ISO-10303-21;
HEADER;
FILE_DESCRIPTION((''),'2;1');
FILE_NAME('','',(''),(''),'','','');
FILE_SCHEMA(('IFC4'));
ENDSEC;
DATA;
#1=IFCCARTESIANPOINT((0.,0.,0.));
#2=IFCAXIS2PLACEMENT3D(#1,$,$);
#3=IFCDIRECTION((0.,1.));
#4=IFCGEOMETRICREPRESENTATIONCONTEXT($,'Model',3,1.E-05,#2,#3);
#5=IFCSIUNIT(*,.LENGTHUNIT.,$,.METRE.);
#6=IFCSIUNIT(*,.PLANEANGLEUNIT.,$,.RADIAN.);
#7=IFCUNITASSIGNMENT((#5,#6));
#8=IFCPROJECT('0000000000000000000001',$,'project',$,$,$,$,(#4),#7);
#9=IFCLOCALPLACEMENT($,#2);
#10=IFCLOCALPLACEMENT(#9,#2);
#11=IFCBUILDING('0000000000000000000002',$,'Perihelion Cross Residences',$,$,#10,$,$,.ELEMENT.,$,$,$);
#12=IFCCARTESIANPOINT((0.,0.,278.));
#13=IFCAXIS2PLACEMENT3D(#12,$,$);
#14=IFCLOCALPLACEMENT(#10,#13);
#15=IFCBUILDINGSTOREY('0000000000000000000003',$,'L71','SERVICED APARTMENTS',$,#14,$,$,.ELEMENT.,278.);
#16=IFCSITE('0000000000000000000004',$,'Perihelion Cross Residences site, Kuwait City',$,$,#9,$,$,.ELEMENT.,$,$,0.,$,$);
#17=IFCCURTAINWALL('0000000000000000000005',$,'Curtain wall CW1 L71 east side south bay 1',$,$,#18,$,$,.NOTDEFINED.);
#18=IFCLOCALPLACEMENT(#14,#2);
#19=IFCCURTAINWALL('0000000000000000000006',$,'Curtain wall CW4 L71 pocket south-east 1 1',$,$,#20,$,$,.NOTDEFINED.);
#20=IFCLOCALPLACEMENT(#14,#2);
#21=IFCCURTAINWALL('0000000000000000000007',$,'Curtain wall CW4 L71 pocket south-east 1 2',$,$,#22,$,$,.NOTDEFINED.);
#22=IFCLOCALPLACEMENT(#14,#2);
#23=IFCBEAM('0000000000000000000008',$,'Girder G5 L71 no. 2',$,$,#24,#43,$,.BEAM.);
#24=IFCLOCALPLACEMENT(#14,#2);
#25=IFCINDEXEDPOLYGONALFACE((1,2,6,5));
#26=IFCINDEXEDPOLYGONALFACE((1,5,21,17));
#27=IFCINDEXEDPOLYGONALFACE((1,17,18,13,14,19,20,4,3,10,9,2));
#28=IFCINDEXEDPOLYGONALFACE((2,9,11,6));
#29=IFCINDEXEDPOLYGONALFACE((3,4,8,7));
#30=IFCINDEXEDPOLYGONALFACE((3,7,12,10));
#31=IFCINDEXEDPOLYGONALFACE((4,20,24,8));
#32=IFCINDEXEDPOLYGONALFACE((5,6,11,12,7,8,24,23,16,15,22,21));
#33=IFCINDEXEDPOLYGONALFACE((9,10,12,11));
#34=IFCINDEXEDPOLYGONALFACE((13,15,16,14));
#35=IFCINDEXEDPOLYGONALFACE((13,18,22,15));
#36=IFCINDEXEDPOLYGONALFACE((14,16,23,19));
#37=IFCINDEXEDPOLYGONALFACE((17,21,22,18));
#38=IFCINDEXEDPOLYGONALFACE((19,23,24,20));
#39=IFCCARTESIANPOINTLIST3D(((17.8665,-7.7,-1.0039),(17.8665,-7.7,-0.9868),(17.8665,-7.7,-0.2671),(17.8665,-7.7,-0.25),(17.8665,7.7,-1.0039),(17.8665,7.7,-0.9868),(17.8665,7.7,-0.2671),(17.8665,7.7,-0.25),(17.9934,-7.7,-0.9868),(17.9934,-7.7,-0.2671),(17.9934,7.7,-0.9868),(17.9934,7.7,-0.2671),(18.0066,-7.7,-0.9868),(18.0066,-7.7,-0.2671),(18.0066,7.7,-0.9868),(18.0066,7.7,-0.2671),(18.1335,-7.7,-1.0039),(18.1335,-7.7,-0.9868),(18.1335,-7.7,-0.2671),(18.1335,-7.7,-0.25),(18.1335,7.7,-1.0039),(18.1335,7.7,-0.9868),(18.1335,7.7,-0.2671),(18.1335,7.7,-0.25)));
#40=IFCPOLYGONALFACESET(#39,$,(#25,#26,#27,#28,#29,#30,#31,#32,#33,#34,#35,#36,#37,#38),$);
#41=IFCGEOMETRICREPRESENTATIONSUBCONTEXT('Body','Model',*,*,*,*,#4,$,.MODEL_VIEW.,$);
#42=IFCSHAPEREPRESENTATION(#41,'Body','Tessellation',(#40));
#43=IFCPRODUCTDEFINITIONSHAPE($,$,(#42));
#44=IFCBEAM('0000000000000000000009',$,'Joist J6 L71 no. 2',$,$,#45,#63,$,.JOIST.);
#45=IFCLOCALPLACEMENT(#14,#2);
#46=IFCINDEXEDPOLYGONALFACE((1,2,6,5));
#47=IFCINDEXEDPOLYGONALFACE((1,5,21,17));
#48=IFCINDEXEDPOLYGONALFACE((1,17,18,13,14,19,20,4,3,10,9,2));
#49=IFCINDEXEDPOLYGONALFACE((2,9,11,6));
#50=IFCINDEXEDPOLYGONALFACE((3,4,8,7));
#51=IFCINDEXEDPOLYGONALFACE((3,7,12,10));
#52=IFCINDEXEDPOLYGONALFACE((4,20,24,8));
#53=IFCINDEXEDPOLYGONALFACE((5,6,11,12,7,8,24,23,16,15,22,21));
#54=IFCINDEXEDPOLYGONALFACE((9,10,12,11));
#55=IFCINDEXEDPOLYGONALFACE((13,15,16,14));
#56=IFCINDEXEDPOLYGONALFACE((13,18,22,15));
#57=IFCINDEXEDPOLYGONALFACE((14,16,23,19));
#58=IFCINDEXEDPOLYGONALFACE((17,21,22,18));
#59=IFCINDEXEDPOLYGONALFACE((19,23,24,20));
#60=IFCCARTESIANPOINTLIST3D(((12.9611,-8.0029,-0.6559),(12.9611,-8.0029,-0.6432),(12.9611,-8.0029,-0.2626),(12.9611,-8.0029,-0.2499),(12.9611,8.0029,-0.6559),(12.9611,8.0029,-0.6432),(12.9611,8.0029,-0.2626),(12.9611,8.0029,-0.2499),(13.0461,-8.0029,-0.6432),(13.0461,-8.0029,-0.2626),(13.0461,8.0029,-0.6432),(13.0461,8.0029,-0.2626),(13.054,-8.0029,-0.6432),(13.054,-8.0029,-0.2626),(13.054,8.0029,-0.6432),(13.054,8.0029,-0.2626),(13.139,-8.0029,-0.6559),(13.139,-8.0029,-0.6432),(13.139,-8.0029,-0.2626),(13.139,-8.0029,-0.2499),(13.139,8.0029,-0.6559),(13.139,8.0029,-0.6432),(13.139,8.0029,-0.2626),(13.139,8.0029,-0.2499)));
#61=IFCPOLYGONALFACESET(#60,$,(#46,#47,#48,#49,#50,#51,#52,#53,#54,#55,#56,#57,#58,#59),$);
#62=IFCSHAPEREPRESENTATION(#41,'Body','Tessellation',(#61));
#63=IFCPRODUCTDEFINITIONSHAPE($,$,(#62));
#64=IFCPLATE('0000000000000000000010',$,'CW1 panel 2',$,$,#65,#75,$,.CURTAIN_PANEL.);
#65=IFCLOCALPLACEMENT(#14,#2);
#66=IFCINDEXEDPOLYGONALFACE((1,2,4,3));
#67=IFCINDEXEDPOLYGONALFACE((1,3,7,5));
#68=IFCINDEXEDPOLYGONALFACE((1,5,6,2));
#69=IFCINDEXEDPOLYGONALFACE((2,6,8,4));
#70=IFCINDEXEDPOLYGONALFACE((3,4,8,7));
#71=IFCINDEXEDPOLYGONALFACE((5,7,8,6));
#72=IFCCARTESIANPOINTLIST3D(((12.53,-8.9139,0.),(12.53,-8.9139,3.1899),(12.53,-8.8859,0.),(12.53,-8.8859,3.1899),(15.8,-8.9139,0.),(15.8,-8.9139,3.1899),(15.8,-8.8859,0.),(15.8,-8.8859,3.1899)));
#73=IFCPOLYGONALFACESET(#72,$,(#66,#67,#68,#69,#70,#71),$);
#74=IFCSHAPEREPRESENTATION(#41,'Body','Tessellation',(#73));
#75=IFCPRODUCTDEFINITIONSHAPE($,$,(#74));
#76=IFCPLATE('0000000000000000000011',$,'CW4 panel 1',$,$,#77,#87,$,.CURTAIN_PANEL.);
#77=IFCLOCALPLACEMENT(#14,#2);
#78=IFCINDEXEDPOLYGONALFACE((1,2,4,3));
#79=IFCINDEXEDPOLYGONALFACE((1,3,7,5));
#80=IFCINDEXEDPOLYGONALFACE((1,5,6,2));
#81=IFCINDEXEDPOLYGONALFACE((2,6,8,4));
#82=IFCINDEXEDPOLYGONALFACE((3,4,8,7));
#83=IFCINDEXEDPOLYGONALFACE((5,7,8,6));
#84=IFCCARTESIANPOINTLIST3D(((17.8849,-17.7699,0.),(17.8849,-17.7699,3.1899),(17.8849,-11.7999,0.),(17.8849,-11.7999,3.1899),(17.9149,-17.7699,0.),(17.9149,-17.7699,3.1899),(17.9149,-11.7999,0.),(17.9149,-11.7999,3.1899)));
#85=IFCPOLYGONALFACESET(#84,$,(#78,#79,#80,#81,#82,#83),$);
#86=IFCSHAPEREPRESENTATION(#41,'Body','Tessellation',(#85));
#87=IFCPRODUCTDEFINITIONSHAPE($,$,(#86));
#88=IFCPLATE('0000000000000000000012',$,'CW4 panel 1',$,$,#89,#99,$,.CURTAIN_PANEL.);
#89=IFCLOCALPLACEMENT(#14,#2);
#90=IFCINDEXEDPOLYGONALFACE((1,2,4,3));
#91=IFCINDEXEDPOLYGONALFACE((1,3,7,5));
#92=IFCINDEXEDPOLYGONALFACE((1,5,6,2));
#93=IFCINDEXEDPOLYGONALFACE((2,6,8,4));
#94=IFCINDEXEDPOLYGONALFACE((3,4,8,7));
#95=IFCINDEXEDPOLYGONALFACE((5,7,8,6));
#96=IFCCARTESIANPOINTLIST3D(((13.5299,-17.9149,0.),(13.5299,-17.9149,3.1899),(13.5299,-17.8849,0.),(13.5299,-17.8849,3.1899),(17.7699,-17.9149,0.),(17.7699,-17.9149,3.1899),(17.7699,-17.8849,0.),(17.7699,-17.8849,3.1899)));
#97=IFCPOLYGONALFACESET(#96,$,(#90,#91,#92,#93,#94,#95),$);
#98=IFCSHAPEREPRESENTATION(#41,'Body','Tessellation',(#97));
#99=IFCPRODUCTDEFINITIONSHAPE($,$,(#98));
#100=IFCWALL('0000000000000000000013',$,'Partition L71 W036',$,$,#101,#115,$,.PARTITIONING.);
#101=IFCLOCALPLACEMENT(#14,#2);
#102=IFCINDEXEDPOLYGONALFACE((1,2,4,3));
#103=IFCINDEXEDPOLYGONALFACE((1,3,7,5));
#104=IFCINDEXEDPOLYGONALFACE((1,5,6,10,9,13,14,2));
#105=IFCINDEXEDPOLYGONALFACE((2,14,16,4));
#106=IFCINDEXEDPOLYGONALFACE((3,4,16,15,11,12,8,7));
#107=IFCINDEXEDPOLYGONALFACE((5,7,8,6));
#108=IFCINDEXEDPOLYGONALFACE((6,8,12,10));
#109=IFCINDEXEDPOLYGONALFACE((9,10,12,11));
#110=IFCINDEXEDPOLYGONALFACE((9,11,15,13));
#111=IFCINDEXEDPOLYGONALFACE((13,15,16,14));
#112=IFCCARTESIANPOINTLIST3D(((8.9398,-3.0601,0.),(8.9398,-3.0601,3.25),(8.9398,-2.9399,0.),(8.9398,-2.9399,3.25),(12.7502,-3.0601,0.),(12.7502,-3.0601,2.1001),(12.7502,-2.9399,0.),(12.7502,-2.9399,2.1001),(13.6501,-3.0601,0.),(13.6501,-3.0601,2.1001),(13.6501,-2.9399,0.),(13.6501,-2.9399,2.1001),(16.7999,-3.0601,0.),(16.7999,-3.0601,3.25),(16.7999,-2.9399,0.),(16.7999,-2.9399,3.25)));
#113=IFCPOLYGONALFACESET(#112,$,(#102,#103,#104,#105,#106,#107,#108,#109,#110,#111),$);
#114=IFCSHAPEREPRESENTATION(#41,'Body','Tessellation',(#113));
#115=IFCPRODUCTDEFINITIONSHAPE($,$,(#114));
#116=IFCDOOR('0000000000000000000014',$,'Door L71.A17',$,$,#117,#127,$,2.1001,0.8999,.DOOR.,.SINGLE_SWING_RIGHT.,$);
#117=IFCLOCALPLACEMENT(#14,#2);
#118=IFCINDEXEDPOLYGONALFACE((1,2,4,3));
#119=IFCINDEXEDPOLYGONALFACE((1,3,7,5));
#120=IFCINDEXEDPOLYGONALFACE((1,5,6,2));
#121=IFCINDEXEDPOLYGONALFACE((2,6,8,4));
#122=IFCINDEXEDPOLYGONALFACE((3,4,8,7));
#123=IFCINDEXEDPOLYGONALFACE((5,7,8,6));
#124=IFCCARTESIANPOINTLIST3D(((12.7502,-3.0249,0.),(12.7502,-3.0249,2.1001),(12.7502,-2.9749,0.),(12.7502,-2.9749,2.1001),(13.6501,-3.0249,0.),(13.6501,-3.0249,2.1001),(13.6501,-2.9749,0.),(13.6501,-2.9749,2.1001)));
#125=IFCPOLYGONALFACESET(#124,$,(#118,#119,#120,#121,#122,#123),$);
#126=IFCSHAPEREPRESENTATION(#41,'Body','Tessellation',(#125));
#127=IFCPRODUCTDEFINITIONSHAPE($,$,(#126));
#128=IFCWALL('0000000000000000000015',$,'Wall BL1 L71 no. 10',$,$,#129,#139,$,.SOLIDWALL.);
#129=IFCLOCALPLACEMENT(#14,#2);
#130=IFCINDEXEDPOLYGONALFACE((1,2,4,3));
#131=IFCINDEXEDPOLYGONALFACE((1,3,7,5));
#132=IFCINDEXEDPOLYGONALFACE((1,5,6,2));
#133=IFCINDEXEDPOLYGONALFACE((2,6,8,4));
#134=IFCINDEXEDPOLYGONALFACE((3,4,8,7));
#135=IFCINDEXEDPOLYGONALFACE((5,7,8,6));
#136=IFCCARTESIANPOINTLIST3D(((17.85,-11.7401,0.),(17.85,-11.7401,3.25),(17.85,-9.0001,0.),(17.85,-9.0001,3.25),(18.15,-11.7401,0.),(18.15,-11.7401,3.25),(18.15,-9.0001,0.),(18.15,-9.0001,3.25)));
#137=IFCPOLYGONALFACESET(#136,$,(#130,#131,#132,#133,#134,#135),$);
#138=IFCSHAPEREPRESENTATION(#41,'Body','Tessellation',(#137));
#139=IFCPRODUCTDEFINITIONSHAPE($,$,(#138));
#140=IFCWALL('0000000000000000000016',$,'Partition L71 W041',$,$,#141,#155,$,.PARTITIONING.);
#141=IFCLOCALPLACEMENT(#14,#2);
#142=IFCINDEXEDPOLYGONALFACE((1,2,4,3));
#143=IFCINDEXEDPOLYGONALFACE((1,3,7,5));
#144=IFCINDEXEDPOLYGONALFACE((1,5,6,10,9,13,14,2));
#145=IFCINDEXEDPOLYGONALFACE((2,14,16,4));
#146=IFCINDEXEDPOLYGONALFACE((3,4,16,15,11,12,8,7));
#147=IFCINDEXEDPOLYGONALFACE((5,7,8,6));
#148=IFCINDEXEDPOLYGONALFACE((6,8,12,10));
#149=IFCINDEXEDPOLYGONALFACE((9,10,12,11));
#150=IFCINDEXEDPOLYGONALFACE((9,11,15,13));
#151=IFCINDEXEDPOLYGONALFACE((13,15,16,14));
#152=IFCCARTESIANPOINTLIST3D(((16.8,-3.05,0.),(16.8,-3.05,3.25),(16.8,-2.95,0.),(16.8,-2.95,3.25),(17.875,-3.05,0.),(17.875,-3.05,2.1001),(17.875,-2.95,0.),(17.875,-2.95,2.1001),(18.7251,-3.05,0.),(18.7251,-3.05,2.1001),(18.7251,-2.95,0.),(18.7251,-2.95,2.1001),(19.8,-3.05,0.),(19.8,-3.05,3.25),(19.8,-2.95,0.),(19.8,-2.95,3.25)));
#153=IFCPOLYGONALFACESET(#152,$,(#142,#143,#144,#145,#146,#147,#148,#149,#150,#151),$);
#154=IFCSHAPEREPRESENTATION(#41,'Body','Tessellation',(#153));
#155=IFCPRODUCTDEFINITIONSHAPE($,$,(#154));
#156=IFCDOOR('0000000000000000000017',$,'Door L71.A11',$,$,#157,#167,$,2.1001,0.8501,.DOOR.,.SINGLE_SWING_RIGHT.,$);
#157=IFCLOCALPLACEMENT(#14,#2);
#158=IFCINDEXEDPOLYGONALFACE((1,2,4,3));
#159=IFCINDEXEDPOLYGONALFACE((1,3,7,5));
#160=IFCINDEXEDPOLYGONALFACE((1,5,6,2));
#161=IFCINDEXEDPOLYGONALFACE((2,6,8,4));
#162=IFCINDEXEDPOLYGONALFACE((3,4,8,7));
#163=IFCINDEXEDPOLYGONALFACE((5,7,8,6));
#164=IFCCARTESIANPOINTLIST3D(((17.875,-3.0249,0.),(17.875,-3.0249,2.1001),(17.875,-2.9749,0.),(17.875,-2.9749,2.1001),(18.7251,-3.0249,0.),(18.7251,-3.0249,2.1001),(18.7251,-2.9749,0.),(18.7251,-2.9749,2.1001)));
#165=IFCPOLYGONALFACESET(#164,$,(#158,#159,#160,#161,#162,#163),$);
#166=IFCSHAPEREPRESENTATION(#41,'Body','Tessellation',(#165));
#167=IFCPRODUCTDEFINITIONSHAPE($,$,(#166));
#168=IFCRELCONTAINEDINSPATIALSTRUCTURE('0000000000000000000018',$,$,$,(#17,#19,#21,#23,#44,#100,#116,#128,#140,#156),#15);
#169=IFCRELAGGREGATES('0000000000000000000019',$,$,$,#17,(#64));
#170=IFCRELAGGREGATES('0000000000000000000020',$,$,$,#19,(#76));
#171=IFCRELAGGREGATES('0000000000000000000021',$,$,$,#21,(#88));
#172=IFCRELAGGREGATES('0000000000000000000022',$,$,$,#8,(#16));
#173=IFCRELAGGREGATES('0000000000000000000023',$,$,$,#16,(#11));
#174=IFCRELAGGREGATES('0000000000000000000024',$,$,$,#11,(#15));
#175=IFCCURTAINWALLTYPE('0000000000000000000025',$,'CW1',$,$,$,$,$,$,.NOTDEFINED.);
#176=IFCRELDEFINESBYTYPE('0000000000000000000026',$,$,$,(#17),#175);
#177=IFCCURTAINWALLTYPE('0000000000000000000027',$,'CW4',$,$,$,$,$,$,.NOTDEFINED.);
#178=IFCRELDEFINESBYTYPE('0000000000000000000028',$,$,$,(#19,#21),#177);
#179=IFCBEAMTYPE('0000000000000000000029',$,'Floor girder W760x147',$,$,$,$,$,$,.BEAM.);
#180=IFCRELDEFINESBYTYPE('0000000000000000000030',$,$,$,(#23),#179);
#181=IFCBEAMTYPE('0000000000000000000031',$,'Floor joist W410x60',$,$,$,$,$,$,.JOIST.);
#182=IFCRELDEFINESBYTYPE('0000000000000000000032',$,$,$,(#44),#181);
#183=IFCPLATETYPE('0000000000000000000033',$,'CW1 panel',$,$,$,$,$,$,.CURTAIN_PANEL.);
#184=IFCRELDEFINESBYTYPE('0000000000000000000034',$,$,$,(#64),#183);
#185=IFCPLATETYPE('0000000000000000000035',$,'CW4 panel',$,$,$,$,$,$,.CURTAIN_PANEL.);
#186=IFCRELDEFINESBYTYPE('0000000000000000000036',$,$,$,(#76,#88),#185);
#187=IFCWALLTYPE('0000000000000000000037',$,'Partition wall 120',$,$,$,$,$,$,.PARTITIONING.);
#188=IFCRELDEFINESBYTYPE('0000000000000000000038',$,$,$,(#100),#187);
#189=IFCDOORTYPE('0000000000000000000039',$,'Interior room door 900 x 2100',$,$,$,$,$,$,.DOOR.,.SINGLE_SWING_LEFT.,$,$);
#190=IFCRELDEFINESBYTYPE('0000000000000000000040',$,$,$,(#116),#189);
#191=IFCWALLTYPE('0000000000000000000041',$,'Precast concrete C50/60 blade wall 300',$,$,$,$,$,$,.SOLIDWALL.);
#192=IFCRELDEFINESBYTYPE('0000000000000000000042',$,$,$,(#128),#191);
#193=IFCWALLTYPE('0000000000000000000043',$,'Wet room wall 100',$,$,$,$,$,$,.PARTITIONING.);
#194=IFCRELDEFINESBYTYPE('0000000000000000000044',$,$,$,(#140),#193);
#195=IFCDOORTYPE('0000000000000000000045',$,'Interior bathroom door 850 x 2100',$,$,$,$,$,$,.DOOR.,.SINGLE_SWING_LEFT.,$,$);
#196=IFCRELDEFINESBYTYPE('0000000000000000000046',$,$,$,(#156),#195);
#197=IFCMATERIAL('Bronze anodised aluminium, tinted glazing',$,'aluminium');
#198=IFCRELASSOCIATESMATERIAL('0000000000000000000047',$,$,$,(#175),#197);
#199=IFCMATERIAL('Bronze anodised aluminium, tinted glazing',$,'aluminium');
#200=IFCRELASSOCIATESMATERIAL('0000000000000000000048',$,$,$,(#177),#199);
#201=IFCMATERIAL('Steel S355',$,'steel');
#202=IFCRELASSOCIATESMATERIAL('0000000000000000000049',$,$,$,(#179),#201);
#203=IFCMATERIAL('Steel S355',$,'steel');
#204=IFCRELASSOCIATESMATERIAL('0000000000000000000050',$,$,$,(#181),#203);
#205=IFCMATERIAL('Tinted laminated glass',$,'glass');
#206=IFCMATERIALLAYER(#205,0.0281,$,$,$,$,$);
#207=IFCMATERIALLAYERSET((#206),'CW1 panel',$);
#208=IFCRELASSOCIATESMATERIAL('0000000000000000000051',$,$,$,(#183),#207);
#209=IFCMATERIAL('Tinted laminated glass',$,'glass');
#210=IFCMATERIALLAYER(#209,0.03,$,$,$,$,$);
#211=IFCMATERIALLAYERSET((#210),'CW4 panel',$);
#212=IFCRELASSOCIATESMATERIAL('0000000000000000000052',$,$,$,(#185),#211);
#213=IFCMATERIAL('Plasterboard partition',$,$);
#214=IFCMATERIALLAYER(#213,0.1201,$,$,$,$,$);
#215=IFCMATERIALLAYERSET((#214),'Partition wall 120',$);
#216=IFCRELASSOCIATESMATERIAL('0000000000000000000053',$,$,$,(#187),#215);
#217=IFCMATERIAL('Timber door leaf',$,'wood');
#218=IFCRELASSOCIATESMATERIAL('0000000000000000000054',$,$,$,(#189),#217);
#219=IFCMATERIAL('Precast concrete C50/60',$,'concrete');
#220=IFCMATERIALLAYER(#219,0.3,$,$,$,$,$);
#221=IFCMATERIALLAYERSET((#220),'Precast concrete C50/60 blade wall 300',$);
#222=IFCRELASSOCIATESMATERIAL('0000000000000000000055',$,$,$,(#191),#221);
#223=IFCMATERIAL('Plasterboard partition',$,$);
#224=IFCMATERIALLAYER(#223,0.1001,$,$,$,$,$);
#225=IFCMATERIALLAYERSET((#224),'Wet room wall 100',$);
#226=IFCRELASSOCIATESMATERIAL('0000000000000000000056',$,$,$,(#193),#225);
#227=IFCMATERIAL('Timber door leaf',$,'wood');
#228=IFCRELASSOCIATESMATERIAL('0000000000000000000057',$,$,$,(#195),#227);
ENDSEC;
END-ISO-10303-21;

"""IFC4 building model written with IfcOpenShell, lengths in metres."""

from ifc_helpers import new_model, si_unit, direction, frame, frame_2d, origin, origin_2d, place, context, subcontext, project, spatial, rectangle, i_section, extrude, material, layer, layer_set, material_profile, profile_set, type_object, element, fill, aggregate, save


model = new_model("IFC4")

# Units and contexts
model_context = context("Model", 3, precision=1e-05, world=origin(), true_north=direction((0.0, 1.0)))
body_context = subcontext(model_context, "Body", "Model", "MODEL_VIEW")
ifc_project = project(units=[si_unit("LENGTHUNIT", "METRE"), si_unit("PLANEANGLEUNIT", "RADIAN")], contexts=[model_context])

# Site, building, storey
site_placement = place(None, origin())
site = spatial("IfcSite", under=ifc_project, at=site_placement, Name="Perihelion Cross Residences site, Kuwait City", CompositionType="ELEMENT", RefElevation=0.0)
building_placement = place(site_placement, origin())
building = spatial("IfcBuilding", under=site, at=building_placement, Name="Perihelion Cross Residences", CompositionType="ELEMENT")
storey_placement = place(building_placement, frame((0.0, 0.0, 278.0)))
storey = spatial("IfcBuildingStorey", under=building, at=storey_placement, Name="L71", Description="SERVICED APARTMENTS", CompositionType="ELEMENT", Elevation=278.0)

# Curtain wall
ifc_material_1 = material(Name="Bronze anodised aluminium, tinted glazing", Category="aluminium")
curtain_wall_type_1 = type_object("IfcCurtainWallType", Name="CW1", PredefinedType="NOTDEFINED", material=ifc_material_1)
curtain_wall_1_placement = place(storey_placement, origin())
curtain_wall_1 = element("IfcCurtainWall", 1, at=curtain_wall_1_placement, inside=storey, type_object=curtain_wall_type_1, Name="Curtain wall CW1 L71 east side south bay 1", PredefinedType="NOTDEFINED")

# Curtain walls
ifc_material_2 = material(Name="Bronze anodised aluminium, tinted glazing", Category="aluminium")
curtain_wall_type_2 = type_object("IfcCurtainWallType", Name="CW4", PredefinedType="NOTDEFINED", material=ifc_material_2)
curtain_wall_2_placement = place(storey_placement, origin())
curtain_wall_2 = element("IfcCurtainWall", 2, at=curtain_wall_2_placement, inside=storey, type_object=curtain_wall_type_2, Name="Curtain wall CW4 L71 pocket south-east 1 1", PredefinedType="NOTDEFINED")
curtain_wall_3_placement = place(storey_placement, origin())
curtain_wall_3 = element("IfcCurtainWall", 3, at=curtain_wall_3_placement, inside=storey, type_object=curtain_wall_type_2, Name="Curtain wall CW4 L71 pocket south-east 1 2", PredefinedType="NOTDEFINED")

# Beams
ifc_material_3 = material(Name="Steel S355", Category="steel")
ifc_material_profile_1 = material_profile(ifc_material_3, i_section(OverallWidth=0.2671, OverallDepth=0.7539, WebThickness=0.0132, FlangeThickness=0.0171, at=origin_2d()), Name="W760x147")
ifc_profile_set_1 = profile_set([ifc_material_profile_1], Name="Steel S355")
beam_type_1 = type_object("IfcBeamType", Name="Floor girder W760x147", PredefinedType="BEAM", material=ifc_profile_set_1)
beam_1_placement = place(storey_placement, frame((18.0, -7.7, -0.627), z_axis=(0.0, 1.0, 0.0), x_axis=(-1.0, 0.0, 0.0)))
element("IfcBeam", 4, at=beam_1_placement, inside=storey, type_object=beam_type_1, Name="Girder G5 L71 no. 2", PredefinedType="BEAM", context=body_context, shape_type="SweptSolid", body=[
    extrude(i_section(OverallWidth=0.2671, OverallDepth=0.7539, WebThickness=0.0132, FlangeThickness=0.0171, at=origin_2d()), origin(), (0.0, 0.0, 1.0), 15.3999),
])
ifc_material_4 = material(Name="Steel S355", Category="steel")
ifc_material_profile_2 = material_profile(ifc_material_4, i_section(OverallWidth=0.178, OverallDepth=0.406, WebThickness=0.0078, FlangeThickness=0.0127, at=origin_2d()), Name="W410x60")
ifc_profile_set_2 = profile_set([ifc_material_profile_2], Name="Steel S355")
beam_type_2 = type_object("IfcBeamType", Name="Floor joist W410x60", PredefinedType="JOIST", material=ifc_profile_set_2)
beam_2_placement = place(storey_placement, frame((13.05, -8.0029, -0.4529), z_axis=(0.0, 1.0, 0.0), x_axis=(-1.0, 0.0, 0.0)))
element("IfcBeam", 5, at=beam_2_placement, inside=storey, type_object=beam_type_2, Name="Joist J6 L71 no. 2", PredefinedType="JOIST", context=body_context, shape_type="SweptSolid", body=[
    extrude(i_section(OverallWidth=0.178, OverallDepth=0.406, WebThickness=0.0078, FlangeThickness=0.0127, at=origin_2d()), origin(), (0.0, 0.0, 1.0), 16.0059),
])

# Plates
ifc_material_5 = material(Name="Tinted laminated glass", Category="glass")
ifc_layer_1 = layer(ifc_material_5, 0.0281)
ifc_layer_set_1 = layer_set([ifc_layer_1], Name="CW1 panel")
plate_type_1 = type_object("IfcPlateType", Name="CW1 panel", PredefinedType="CURTAIN_PANEL", material=ifc_layer_set_1)
plate_1_placement = place(storey_placement, frame((14.165, -8.8999, 0.0), z_axis=(0.0, 0.0, 1.0), x_axis=(1.0, 0.0, 0.0)))
plate_1 = element("IfcPlate", 6, at=plate_1_placement, type_object=plate_type_1, Name="CW1 panel 2", PredefinedType="CURTAIN_PANEL", context=body_context, shape_type="SweptSolid", body=[
    extrude(rectangle(XDim=3.27, YDim=0.0281, at=origin_2d()), origin(), (0.0, 0.0, 1.0), 3.1899),
])
aggregate(curtain_wall_1, [plate_1])
ifc_material_6 = material(Name="Tinted laminated glass", Category="glass")
ifc_layer_2 = layer(ifc_material_6, 0.03)
ifc_layer_set_2 = layer_set([ifc_layer_2], Name="CW4 panel")
plate_type_2 = type_object("IfcPlateType", Name="CW4 panel", PredefinedType="CURTAIN_PANEL", material=ifc_layer_set_2)
plate_2_placement = place(storey_placement, frame((17.8999, -14.7849, 0.0), z_axis=(0.0, 0.0, 1.0), x_axis=(0.0, -1.0, 0.0)))
plate_2 = element("IfcPlate", 7, at=plate_2_placement, type_object=plate_type_2, Name="CW4 panel 1", PredefinedType="CURTAIN_PANEL", context=body_context, shape_type="SweptSolid", body=[
    extrude(rectangle(XDim=5.97, YDim=0.03, at=origin_2d()), origin(), (0.0, 0.0, 1.0), 3.1899),
])
aggregate(curtain_wall_2, [plate_2])
plate_3_placement = place(storey_placement, frame((15.6499, -17.8999, 0.0), z_axis=(0.0, 0.0, 1.0), x_axis=(-1.0, 0.0, 0.0)))
plate_3 = element("IfcPlate", 8, at=plate_3_placement, type_object=plate_type_2, Name="CW4 panel 1", PredefinedType="CURTAIN_PANEL", context=body_context, shape_type="SweptSolid", body=[
    extrude(rectangle(XDim=4.24, YDim=0.03, at=origin_2d()), origin(), (0.0, 0.0, 1.0), 3.1899),
])
aggregate(curtain_wall_3, [plate_3])

# Wall, opening, door
ifc_material_7 = material(Name="Plasterboard partition")
ifc_layer_3 = layer(ifc_material_7, 0.1201)
ifc_layer_set_3 = layer_set([ifc_layer_3], Name="Partition wall 120")
wall_type_1 = type_object("IfcWallType", Name="Partition wall 120", PredefinedType="PARTITIONING", material=ifc_layer_set_3)
wall_1_placement = place(storey_placement, frame((16.8, -3.0, 0.0), z_axis=(0.0, 0.0, 1.0), x_axis=(-1.0, 0.0, 0.0)))
wall_1 = element("IfcWall", 9, at=wall_1_placement, inside=storey, type_object=wall_type_1, Name="Partition L71 W036", PredefinedType="PARTITIONING", context=body_context, shape_type="SweptSolid", body=[
    extrude(rectangle(XDim=7.8601, YDim=0.1201, at=frame_2d((3.9302, 0.0))), origin(), (0.0, 0.0, 1.0), 3.25),
])
opening_1_placement = place(wall_1_placement, frame((3.1499, 0.0, 0.0)))
opening_1 = element("IfcOpeningElement", 10, at=opening_1_placement, cuts=wall_1, PredefinedType="OPENING", context=body_context, shape_type="SweptSolid", body=[
    extrude(rectangle(XDim=0.8999, YDim=2.1001, at=frame_2d((0.45, 1.05))), frame((0.0, 0.0701, 0.0), z_axis=(0.0, -1.0, 0.0), x_axis=(1.0, 0.0, 0.0)), (0.0, 0.0, 1.0), 0.1401),
])
ifc_material_8 = material(Name="Timber door leaf", Category="wood")
door_type_1 = type_object("IfcDoorType", Name="Interior room door 900 x 2100", OperationType="SINGLE_SWING_LEFT", PredefinedType="DOOR", material=ifc_material_8)
door_1_placement = place(opening_1_placement, origin())
door_1 = element("IfcDoor", 11, at=door_1_placement, inside=storey, type_object=door_type_1, Name="Door L71.A17", OperationType="SINGLE_SWING_RIGHT", OverallHeight=2.1001, OverallWidth=0.8999, PredefinedType="DOOR", context=body_context, shape_type="SweptSolid", body=[
    extrude(rectangle(XDim=0.8999, YDim=2.1001, at=frame_2d((0.45, 1.05))), frame((0.0, 0.0249, 0.0), z_axis=(0.0, -1.0, 0.0), x_axis=(1.0, 0.0, 0.0)), (0.0, 0.0, 1.0), 0.05),
])
fill(opening_1, door_1)

# Wall
ifc_material_9 = material(Name="Precast concrete C50/60", Category="concrete")
ifc_layer_4 = layer(ifc_material_9, 0.3)
ifc_layer_set_4 = layer_set([ifc_layer_4], Name="Precast concrete C50/60 blade wall 300")
wall_type_2 = type_object("IfcWallType", Name="Precast concrete C50/60 blade wall 300", PredefinedType="SOLIDWALL", material=ifc_layer_set_4)
wall_2_placement = place(storey_placement, frame((18.0, -9.0, 0.0), z_axis=(0.0, 0.0, 1.0), x_axis=(0.0, -1.0, 0.0)))
element("IfcWall", 12, at=wall_2_placement, inside=storey, type_object=wall_type_2, Name="Wall BL1 L71 no. 10", PredefinedType="SOLIDWALL", context=body_context, shape_type="SweptSolid", body=[
    extrude(rectangle(XDim=2.74, YDim=0.3, at=frame_2d((1.3701, 0.0))), origin(), (0.0, 0.0, 1.0), 3.25),
])

# Wall, opening, door
ifc_material_10 = material(Name="Plasterboard partition")
ifc_layer_5 = layer(ifc_material_10, 0.1001)
ifc_layer_set_5 = layer_set([ifc_layer_5], Name="Wet room wall 100")
wall_type_3 = type_object("IfcWallType", Name="Wet room wall 100", PredefinedType="PARTITIONING", material=ifc_layer_set_5)
wall_3_placement = place(storey_placement, frame((19.8, -3.0, 0.0), z_axis=(0.0, 0.0, 1.0), x_axis=(-1.0, 0.0, 0.0)))
wall_3 = element("IfcWall", 13, at=wall_3_placement, inside=storey, type_object=wall_type_3, Name="Partition L71 W041", PredefinedType="PARTITIONING", context=body_context, shape_type="SweptSolid", body=[
    extrude(rectangle(XDim=3.0, YDim=0.1001, at=frame_2d((1.5, 0.0))), origin(), (0.0, 0.0, 1.0), 3.25),
])
opening_2_placement = place(wall_3_placement, frame((1.075, 0.0, 0.0)))
opening_2 = element("IfcOpeningElement", 14, at=opening_2_placement, cuts=wall_3, PredefinedType="OPENING", context=body_context, shape_type="SweptSolid", body=[
    extrude(rectangle(XDim=0.8501, YDim=2.1001, at=frame_2d((0.425, 1.05))), frame((0.0, 0.0601, 0.0), z_axis=(0.0, -1.0, 0.0), x_axis=(1.0, 0.0, 0.0)), (0.0, 0.0, 1.0), 0.1201),
])
ifc_material_11 = material(Name="Timber door leaf", Category="wood")
door_type_2 = type_object("IfcDoorType", Name="Interior bathroom door 850 x 2100", OperationType="SINGLE_SWING_LEFT", PredefinedType="DOOR", material=ifc_material_11)
door_2_placement = place(opening_2_placement, origin())
door_2 = element("IfcDoor", 15, at=door_2_placement, inside=storey, type_object=door_type_2, Name="Door L71.A11", OperationType="SINGLE_SWING_RIGHT", OverallHeight=2.1001, OverallWidth=0.8501, PredefinedType="DOOR", context=body_context, shape_type="SweptSolid", body=[
    extrude(rectangle(XDim=0.8501, YDim=2.1001, at=frame_2d((0.425, 1.05))), frame((0.0, 0.0249, 0.0), z_axis=(0.0, -1.0, 0.0), x_axis=(1.0, 0.0, 0.0)), (0.0, 0.0, 1.0), 0.05),
])
fill(opening_2, door_2)

save(model, "model.ifc")
